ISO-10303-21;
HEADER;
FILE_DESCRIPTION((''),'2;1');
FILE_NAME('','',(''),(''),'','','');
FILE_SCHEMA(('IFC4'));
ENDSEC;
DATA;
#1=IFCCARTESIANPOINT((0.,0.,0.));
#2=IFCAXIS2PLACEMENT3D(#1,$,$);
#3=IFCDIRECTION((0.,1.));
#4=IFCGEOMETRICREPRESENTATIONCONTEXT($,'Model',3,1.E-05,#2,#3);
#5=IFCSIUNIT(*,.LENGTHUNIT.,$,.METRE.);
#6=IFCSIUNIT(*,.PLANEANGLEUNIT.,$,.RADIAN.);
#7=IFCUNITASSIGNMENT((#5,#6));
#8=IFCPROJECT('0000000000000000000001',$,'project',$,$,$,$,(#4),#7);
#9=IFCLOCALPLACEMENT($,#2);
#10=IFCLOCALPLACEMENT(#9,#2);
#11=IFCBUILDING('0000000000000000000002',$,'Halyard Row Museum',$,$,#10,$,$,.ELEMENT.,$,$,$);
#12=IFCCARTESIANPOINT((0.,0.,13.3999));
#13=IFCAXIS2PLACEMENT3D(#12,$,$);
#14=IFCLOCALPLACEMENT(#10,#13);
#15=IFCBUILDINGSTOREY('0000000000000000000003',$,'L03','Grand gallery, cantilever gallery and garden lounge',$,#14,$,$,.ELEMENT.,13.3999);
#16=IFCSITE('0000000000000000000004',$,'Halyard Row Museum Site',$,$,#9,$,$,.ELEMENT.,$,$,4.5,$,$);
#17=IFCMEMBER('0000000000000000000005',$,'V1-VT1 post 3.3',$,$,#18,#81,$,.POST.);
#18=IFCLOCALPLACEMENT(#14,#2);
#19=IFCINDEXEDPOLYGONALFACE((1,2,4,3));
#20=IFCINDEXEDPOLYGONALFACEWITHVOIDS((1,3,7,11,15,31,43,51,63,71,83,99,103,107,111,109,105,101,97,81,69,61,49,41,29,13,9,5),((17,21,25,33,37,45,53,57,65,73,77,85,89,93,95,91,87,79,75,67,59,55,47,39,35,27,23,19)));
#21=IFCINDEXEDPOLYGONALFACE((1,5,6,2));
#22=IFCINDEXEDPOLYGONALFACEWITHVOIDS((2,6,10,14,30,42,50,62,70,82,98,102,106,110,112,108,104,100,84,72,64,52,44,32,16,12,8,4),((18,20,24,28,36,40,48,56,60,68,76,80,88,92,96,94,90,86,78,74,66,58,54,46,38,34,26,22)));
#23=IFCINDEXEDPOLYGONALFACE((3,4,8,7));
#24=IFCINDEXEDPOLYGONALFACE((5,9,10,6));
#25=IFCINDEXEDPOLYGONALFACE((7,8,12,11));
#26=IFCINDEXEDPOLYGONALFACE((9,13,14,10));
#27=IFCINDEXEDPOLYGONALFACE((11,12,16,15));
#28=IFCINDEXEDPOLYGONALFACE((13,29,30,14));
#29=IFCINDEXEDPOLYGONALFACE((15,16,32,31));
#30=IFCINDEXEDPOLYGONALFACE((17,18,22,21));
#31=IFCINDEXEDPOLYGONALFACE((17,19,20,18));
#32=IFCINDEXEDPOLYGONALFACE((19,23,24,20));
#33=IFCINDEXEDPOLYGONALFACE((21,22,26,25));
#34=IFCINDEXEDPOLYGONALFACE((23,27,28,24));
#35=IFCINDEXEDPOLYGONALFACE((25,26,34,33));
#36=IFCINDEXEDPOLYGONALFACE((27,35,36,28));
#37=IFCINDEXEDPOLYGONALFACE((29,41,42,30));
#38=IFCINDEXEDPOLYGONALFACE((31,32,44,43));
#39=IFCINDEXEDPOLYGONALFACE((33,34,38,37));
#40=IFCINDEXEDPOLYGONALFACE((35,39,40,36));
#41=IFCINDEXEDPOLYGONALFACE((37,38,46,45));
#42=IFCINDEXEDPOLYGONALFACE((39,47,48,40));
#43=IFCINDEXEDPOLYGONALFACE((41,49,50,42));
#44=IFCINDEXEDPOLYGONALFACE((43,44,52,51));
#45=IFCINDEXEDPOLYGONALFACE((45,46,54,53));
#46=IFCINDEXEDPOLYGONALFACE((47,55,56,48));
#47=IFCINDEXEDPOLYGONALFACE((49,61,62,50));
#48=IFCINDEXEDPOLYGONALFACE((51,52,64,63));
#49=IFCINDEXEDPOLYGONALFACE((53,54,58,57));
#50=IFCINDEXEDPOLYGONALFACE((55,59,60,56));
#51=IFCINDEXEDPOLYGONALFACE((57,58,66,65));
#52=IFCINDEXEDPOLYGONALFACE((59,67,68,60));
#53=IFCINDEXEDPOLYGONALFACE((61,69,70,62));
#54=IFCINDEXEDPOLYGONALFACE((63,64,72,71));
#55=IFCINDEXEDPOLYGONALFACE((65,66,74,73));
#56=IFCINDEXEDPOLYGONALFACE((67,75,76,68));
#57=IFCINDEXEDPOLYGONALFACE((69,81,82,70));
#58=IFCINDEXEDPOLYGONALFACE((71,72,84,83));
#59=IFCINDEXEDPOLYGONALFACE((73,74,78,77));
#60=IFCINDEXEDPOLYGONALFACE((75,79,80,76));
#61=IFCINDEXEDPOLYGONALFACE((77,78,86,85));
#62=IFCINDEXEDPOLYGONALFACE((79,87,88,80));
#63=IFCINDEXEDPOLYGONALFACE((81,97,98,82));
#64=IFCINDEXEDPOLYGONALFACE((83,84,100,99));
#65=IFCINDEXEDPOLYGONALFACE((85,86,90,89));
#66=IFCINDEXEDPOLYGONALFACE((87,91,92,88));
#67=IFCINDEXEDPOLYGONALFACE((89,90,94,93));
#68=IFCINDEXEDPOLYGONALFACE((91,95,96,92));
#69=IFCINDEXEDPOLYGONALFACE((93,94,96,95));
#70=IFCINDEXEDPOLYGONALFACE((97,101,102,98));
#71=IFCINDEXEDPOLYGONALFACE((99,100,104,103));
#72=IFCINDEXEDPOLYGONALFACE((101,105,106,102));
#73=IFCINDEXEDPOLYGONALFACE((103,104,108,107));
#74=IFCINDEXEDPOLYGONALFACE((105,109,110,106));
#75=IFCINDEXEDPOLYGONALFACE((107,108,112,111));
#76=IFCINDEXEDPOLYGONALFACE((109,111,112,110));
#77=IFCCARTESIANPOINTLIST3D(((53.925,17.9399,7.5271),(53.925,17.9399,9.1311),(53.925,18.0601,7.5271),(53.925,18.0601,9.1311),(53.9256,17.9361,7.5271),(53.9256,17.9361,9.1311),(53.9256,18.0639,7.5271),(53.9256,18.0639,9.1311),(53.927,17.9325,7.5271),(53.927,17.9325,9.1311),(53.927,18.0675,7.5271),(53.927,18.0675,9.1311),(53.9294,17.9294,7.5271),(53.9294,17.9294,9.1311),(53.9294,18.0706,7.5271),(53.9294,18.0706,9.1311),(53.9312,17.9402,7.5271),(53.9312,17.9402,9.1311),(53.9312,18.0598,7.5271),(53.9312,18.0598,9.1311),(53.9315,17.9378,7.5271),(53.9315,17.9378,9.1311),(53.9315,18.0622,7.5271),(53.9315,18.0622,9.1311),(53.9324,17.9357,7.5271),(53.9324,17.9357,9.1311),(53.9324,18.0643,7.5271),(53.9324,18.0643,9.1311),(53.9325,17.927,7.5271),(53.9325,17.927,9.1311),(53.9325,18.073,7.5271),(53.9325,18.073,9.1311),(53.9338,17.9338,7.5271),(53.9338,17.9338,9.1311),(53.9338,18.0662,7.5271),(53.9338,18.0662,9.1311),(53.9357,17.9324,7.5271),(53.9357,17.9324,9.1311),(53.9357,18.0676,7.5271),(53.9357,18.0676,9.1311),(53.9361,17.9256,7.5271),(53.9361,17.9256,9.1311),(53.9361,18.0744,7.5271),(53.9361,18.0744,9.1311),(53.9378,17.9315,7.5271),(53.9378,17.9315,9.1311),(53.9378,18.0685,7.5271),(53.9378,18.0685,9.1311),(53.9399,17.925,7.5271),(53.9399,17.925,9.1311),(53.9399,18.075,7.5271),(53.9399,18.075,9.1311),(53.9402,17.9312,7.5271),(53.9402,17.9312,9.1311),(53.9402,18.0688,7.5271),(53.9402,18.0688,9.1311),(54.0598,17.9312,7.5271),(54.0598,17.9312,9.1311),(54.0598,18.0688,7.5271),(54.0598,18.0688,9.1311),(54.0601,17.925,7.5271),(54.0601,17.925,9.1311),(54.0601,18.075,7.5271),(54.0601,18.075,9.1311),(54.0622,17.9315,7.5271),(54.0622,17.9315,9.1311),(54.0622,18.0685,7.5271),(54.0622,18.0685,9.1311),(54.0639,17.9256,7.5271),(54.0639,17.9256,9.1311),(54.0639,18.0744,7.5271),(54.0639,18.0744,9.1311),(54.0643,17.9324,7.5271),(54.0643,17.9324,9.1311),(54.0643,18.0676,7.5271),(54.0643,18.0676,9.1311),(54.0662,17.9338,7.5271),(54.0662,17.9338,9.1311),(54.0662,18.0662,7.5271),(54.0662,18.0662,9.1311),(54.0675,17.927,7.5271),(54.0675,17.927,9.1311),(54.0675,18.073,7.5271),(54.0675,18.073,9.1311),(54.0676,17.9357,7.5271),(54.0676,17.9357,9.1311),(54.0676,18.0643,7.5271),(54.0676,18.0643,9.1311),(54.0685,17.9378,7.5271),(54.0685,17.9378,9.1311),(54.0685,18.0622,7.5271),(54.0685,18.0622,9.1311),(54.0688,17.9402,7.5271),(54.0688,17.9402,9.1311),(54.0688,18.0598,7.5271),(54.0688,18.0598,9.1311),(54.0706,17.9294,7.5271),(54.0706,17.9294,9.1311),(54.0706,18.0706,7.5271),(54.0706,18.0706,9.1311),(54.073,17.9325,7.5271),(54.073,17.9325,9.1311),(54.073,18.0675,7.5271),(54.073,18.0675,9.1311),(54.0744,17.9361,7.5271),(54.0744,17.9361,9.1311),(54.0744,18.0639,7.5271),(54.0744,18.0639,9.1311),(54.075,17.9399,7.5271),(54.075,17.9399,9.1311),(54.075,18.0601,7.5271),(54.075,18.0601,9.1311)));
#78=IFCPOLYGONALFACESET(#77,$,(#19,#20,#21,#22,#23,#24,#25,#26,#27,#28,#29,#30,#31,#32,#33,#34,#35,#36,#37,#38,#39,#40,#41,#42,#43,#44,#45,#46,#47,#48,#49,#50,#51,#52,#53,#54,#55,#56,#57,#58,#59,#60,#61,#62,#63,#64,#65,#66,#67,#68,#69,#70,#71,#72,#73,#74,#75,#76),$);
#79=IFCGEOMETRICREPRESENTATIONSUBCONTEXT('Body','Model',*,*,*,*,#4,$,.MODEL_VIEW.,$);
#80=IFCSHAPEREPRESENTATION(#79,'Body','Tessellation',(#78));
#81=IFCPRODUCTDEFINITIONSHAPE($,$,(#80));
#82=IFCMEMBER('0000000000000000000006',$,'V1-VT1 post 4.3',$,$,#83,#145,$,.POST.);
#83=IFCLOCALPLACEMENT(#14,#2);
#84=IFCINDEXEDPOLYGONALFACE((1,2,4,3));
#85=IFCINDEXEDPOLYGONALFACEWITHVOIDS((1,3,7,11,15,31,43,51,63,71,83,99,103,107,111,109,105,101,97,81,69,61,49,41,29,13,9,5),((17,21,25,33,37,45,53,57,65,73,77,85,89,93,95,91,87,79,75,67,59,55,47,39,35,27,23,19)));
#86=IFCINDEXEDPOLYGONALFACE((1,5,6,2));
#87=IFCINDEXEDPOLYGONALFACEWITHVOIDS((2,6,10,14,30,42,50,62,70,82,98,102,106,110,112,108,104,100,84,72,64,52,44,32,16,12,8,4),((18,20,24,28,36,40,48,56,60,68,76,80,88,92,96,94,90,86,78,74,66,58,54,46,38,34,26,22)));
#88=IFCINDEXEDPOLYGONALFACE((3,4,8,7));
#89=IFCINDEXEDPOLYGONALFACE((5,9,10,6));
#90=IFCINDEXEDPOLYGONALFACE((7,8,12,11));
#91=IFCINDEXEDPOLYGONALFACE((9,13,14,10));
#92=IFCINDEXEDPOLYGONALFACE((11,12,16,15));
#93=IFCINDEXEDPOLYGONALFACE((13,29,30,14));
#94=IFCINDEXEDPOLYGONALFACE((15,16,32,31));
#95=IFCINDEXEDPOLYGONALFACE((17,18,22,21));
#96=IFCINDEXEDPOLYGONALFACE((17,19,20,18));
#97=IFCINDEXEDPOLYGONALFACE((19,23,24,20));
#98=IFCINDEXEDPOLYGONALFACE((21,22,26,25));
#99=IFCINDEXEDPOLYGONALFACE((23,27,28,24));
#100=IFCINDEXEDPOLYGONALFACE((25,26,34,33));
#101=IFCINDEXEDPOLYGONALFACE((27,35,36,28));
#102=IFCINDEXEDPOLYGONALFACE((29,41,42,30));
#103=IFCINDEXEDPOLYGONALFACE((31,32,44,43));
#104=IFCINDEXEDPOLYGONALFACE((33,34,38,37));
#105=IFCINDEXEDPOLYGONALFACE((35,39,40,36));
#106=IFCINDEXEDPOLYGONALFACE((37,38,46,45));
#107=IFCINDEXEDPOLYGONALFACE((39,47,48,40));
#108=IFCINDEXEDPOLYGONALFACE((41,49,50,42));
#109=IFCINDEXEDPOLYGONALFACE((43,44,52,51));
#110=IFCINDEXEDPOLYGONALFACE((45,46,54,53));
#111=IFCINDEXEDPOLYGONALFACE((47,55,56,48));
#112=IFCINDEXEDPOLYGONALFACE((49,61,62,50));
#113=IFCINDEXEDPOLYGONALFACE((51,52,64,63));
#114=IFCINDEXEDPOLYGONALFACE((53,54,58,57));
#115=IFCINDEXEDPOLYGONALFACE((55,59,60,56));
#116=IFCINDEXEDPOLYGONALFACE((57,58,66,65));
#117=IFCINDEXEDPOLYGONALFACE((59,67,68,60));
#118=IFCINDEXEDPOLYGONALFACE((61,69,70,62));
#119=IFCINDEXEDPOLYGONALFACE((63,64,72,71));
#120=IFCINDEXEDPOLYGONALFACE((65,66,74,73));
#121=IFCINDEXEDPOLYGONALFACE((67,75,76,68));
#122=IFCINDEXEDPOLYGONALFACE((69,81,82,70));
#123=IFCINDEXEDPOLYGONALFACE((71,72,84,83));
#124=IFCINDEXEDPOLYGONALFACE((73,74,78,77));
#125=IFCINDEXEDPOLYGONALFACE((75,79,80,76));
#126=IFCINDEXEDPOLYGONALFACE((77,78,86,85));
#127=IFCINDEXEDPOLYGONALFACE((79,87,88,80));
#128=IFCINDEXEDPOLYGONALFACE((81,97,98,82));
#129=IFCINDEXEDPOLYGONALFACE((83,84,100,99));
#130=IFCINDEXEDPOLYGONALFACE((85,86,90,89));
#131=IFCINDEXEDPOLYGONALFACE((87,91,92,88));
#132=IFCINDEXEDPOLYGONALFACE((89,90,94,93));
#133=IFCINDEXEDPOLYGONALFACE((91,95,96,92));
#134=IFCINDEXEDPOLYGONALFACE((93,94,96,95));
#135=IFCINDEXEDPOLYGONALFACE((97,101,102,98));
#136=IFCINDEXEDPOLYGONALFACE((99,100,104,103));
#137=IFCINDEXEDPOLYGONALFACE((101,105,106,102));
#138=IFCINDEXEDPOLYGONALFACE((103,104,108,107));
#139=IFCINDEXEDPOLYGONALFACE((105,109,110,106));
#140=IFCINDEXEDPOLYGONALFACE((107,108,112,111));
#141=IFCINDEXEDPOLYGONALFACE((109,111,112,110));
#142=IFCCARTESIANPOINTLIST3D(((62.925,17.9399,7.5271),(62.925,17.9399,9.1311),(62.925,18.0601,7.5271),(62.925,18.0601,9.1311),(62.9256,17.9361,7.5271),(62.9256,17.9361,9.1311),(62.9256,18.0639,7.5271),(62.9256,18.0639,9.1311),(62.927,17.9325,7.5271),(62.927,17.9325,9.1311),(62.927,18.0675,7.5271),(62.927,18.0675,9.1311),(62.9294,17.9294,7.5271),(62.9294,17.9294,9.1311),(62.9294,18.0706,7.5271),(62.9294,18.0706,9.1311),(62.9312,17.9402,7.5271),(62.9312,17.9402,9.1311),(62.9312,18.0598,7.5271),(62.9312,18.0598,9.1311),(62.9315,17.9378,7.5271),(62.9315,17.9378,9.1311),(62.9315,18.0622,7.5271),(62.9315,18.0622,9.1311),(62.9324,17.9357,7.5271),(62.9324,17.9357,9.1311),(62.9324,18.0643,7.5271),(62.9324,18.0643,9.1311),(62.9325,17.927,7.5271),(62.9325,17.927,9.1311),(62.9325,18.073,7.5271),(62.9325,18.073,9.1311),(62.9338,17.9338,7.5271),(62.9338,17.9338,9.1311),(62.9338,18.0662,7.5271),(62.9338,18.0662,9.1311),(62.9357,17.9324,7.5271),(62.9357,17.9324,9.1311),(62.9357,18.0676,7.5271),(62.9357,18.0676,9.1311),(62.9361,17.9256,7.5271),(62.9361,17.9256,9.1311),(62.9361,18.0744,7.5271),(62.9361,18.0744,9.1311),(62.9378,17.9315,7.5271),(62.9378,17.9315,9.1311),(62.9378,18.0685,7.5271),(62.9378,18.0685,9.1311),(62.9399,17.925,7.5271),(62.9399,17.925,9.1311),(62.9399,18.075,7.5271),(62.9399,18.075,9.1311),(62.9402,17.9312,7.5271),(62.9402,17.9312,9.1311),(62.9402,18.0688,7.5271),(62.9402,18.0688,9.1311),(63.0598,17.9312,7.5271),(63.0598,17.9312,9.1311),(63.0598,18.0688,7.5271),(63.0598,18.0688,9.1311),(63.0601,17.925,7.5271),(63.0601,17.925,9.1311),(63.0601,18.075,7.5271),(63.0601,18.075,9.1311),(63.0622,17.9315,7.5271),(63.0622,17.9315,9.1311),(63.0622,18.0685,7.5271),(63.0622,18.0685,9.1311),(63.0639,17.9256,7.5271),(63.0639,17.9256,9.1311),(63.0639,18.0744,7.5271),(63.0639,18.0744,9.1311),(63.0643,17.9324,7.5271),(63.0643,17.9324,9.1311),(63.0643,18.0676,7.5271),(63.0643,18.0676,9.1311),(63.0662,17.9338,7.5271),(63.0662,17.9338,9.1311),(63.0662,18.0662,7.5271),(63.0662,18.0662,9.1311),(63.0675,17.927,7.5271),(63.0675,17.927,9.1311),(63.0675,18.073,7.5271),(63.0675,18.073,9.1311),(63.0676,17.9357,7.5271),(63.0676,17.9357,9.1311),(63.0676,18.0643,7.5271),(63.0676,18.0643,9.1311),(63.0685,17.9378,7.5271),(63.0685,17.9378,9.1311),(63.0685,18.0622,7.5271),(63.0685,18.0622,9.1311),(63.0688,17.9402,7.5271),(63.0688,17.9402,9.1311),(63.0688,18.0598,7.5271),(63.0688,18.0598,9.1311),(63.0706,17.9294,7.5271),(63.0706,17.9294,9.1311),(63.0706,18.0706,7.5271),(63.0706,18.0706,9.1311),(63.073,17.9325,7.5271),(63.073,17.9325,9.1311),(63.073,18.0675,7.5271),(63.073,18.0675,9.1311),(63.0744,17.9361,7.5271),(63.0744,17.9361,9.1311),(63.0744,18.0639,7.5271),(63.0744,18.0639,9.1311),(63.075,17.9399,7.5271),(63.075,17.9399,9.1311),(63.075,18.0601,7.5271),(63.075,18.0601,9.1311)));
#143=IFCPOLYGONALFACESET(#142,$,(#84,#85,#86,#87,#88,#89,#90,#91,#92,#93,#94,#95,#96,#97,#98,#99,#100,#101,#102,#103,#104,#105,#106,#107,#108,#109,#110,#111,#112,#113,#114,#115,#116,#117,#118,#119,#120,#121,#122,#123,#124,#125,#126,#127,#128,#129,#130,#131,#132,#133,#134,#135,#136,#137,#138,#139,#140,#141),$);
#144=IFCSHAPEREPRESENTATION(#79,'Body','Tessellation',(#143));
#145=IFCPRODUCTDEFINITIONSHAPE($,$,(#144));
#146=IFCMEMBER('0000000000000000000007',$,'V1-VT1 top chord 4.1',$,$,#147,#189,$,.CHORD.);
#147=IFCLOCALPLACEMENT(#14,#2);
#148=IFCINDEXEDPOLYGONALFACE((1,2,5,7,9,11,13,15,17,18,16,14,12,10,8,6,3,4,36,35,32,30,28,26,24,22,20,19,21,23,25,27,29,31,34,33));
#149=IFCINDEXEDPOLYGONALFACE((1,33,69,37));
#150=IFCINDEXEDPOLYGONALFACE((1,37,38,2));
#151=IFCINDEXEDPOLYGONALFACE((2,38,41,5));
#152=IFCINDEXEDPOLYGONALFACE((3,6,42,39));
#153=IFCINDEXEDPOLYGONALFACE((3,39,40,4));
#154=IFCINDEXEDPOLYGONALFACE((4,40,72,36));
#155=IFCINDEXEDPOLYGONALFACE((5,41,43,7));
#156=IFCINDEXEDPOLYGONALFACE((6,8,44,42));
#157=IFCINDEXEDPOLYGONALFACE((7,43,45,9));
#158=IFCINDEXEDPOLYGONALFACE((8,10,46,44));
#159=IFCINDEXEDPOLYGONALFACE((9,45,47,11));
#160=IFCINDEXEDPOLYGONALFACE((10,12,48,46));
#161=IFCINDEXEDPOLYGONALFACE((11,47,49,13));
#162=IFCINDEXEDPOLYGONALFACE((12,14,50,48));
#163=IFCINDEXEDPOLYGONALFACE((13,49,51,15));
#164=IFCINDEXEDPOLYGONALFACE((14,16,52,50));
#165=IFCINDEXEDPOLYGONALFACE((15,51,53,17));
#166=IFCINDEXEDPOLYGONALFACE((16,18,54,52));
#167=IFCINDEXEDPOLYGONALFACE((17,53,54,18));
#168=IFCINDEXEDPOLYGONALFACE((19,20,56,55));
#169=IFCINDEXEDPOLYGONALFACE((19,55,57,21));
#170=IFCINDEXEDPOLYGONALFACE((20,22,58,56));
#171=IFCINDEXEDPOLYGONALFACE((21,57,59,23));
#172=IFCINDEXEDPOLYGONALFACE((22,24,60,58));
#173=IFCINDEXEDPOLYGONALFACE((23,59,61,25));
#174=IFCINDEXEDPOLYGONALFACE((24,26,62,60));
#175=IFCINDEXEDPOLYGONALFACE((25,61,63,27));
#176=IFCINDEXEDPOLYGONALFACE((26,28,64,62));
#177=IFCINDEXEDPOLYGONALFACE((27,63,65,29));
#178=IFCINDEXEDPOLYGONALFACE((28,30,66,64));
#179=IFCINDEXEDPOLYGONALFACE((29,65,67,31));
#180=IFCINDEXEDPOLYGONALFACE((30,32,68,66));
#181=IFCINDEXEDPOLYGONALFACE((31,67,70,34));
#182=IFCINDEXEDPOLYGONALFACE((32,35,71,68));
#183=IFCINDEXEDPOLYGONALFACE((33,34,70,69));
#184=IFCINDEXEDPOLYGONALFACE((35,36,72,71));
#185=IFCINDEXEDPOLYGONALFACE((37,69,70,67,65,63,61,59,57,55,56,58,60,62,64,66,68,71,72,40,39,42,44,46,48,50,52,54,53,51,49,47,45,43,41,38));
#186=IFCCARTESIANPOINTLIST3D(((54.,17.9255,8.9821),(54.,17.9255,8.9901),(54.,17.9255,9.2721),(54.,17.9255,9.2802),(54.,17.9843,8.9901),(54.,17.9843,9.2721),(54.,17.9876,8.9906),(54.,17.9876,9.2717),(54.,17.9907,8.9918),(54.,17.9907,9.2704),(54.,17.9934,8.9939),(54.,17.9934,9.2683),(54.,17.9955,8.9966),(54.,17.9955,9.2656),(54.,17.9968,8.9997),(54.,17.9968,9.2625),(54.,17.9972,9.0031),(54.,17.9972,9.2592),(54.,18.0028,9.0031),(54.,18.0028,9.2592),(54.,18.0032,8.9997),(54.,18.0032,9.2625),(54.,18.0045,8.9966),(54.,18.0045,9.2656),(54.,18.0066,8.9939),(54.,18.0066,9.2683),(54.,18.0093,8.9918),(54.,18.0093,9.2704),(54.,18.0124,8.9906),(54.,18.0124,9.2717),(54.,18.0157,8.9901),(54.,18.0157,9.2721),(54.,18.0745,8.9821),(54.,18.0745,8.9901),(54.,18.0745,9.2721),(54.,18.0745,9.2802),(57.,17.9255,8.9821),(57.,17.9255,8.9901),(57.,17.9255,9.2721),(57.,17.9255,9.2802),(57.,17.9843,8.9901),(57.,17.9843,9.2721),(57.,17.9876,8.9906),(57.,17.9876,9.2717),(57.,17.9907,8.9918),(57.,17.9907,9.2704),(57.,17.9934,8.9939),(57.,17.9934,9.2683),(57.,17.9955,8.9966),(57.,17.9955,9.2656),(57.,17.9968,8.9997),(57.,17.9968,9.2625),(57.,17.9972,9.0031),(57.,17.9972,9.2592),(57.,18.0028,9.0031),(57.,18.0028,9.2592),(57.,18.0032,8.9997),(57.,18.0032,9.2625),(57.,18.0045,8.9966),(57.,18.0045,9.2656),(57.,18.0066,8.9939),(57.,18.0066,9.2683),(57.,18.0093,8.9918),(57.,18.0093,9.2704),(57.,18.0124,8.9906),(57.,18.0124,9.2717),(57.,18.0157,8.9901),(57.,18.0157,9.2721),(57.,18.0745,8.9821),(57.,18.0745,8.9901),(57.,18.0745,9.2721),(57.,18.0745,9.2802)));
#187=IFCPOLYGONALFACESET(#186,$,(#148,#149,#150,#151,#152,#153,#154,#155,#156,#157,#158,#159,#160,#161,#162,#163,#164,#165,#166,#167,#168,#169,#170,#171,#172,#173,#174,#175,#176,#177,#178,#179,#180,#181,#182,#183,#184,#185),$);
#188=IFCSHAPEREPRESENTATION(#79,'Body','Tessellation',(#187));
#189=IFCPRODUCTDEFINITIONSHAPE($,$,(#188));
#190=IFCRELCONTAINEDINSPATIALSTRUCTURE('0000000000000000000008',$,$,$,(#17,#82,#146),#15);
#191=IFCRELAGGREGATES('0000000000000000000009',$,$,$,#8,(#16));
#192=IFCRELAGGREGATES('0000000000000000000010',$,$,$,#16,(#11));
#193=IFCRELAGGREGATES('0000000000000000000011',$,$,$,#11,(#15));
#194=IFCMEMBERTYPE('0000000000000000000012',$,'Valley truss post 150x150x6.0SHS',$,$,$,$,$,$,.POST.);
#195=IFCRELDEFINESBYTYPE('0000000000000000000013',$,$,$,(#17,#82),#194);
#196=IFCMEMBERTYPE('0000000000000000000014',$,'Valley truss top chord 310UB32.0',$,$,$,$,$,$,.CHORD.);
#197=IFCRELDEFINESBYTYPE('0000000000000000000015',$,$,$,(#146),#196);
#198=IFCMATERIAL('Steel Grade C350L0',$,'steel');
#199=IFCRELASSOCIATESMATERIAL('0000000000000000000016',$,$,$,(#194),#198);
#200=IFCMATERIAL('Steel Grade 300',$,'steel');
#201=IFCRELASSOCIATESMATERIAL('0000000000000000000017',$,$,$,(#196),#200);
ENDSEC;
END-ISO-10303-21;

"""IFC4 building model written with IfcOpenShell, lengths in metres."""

from ifc_helpers import new_model, si_unit, direction, frame, origin, origin_2d, place, context, subcontext, project, spatial, hollow_rectangle, i_section, extrude, material, material_profile, profile_set, type_object, element, save


model = new_model("IFC4")

# Units and contexts
model_context = context("Model", 3, precision=1e-05, world=origin(), true_north=direction((0.0, 1.0)))
body_context = subcontext(model_context, "Body", "Model", "MODEL_VIEW")
ifc_project = project(units=[si_unit("LENGTHUNIT", "METRE"), si_unit("PLANEANGLEUNIT", "RADIAN")], contexts=[model_context])

# Site, building, storey
site_placement = place(None, origin())
site = spatial("IfcSite", under=ifc_project, at=site_placement, Name="Halyard Row Museum Site", CompositionType="ELEMENT", RefElevation=4.5)
building_placement = place(site_placement, origin())
building = spatial("IfcBuilding", under=site, at=building_placement, Name="Halyard Row Museum", CompositionType="ELEMENT")
storey_placement = place(building_placement, frame((0.0, 0.0, 13.3999)))
storey = spatial("IfcBuildingStorey", under=building, at=storey_placement, Name="L03", Description="Grand gallery, cantilever gallery and garden lounge", CompositionType="ELEMENT", Elevation=13.3999)

# Members
ifc_material_1 = material(Name="Steel Grade C350L0", Category="steel")
ifc_material_profile_1 = material_profile(ifc_material_1, hollow_rectangle(XDim=0.1499, YDim=0.1499, WallThickness=0.0061, InnerFilletRadius=0.009, OuterFilletRadius=0.0149, at=origin_2d()), Name="150x150x6.0SHS")
ifc_profile_set_1 = profile_set([ifc_material_profile_1], Name="Steel Grade C350L0")
member_type_1 = type_object("IfcMemberType", Name="Valley truss post 150x150x6.0SHS", PredefinedType="POST", material=ifc_profile_set_1)
for number, where, z_axis, x_axis, name in (
    (1, (54.0, 18.0, 7.5271), (0.0, 0.0, 1.0), (1.0, 0.0, 0.0), "V1-VT1 post 3.3"),
    (2, (63.0, 18.0, 7.5271), (0.0, 0.0, 1.0), (1.0, 0.0, 0.0), "V1-VT1 post 4.3"),
):
    element("IfcMember", number, at=place(storey_placement, frame(where, z_axis=z_axis, x_axis=x_axis)), inside=storey, type_object=member_type_1, Name=name, PredefinedType="POST", context=body_context, shape_type="SweptSolid", body=[
        extrude(hollow_rectangle(XDim=0.1499, YDim=0.1499, WallThickness=0.0061, InnerFilletRadius=0.009, OuterFilletRadius=0.0149, at=origin_2d()), origin(), (0.0, 0.0, 1.0), 1.604),
    ])
ifc_material_2 = material(Name="Steel Grade 300", Category="steel")
ifc_material_profile_2 = material_profile(ifc_material_2, i_section(OverallWidth=0.1489, OverallDepth=0.2981, WebThickness=0.0056, FlangeThickness=0.0081, FilletRadius=0.0129, at=origin_2d()), Name="310UB32.0")
ifc_profile_set_2 = profile_set([ifc_material_profile_2], Name="Steel Grade 300")
member_type_2 = type_object("IfcMemberType", Name="Valley truss top chord 310UB32.0", PredefinedType="CHORD", material=ifc_profile_set_2)
for number, where, z_axis, x_axis, name in (
    (3, (54.0, 18.0, 9.1311), (1.0, 0.0, 0.0), (0.0, 1.0, 0.0), "V1-VT1 top chord 4.1"),
):
    element("IfcMember", number, at=place(storey_placement, frame(where, z_axis=z_axis, x_axis=x_axis)), inside=storey, type_object=member_type_2, Name=name, PredefinedType="CHORD", context=body_context, shape_type="SweptSolid", body=[
        extrude(i_section(OverallWidth=0.1489, OverallDepth=0.2981, WebThickness=0.0056, FlangeThickness=0.0081, FilletRadius=0.0129, at=origin_2d()), origin(), (0.0, 0.0, 1.0), 3.0),
    ])

save(model, "model.ifc")
